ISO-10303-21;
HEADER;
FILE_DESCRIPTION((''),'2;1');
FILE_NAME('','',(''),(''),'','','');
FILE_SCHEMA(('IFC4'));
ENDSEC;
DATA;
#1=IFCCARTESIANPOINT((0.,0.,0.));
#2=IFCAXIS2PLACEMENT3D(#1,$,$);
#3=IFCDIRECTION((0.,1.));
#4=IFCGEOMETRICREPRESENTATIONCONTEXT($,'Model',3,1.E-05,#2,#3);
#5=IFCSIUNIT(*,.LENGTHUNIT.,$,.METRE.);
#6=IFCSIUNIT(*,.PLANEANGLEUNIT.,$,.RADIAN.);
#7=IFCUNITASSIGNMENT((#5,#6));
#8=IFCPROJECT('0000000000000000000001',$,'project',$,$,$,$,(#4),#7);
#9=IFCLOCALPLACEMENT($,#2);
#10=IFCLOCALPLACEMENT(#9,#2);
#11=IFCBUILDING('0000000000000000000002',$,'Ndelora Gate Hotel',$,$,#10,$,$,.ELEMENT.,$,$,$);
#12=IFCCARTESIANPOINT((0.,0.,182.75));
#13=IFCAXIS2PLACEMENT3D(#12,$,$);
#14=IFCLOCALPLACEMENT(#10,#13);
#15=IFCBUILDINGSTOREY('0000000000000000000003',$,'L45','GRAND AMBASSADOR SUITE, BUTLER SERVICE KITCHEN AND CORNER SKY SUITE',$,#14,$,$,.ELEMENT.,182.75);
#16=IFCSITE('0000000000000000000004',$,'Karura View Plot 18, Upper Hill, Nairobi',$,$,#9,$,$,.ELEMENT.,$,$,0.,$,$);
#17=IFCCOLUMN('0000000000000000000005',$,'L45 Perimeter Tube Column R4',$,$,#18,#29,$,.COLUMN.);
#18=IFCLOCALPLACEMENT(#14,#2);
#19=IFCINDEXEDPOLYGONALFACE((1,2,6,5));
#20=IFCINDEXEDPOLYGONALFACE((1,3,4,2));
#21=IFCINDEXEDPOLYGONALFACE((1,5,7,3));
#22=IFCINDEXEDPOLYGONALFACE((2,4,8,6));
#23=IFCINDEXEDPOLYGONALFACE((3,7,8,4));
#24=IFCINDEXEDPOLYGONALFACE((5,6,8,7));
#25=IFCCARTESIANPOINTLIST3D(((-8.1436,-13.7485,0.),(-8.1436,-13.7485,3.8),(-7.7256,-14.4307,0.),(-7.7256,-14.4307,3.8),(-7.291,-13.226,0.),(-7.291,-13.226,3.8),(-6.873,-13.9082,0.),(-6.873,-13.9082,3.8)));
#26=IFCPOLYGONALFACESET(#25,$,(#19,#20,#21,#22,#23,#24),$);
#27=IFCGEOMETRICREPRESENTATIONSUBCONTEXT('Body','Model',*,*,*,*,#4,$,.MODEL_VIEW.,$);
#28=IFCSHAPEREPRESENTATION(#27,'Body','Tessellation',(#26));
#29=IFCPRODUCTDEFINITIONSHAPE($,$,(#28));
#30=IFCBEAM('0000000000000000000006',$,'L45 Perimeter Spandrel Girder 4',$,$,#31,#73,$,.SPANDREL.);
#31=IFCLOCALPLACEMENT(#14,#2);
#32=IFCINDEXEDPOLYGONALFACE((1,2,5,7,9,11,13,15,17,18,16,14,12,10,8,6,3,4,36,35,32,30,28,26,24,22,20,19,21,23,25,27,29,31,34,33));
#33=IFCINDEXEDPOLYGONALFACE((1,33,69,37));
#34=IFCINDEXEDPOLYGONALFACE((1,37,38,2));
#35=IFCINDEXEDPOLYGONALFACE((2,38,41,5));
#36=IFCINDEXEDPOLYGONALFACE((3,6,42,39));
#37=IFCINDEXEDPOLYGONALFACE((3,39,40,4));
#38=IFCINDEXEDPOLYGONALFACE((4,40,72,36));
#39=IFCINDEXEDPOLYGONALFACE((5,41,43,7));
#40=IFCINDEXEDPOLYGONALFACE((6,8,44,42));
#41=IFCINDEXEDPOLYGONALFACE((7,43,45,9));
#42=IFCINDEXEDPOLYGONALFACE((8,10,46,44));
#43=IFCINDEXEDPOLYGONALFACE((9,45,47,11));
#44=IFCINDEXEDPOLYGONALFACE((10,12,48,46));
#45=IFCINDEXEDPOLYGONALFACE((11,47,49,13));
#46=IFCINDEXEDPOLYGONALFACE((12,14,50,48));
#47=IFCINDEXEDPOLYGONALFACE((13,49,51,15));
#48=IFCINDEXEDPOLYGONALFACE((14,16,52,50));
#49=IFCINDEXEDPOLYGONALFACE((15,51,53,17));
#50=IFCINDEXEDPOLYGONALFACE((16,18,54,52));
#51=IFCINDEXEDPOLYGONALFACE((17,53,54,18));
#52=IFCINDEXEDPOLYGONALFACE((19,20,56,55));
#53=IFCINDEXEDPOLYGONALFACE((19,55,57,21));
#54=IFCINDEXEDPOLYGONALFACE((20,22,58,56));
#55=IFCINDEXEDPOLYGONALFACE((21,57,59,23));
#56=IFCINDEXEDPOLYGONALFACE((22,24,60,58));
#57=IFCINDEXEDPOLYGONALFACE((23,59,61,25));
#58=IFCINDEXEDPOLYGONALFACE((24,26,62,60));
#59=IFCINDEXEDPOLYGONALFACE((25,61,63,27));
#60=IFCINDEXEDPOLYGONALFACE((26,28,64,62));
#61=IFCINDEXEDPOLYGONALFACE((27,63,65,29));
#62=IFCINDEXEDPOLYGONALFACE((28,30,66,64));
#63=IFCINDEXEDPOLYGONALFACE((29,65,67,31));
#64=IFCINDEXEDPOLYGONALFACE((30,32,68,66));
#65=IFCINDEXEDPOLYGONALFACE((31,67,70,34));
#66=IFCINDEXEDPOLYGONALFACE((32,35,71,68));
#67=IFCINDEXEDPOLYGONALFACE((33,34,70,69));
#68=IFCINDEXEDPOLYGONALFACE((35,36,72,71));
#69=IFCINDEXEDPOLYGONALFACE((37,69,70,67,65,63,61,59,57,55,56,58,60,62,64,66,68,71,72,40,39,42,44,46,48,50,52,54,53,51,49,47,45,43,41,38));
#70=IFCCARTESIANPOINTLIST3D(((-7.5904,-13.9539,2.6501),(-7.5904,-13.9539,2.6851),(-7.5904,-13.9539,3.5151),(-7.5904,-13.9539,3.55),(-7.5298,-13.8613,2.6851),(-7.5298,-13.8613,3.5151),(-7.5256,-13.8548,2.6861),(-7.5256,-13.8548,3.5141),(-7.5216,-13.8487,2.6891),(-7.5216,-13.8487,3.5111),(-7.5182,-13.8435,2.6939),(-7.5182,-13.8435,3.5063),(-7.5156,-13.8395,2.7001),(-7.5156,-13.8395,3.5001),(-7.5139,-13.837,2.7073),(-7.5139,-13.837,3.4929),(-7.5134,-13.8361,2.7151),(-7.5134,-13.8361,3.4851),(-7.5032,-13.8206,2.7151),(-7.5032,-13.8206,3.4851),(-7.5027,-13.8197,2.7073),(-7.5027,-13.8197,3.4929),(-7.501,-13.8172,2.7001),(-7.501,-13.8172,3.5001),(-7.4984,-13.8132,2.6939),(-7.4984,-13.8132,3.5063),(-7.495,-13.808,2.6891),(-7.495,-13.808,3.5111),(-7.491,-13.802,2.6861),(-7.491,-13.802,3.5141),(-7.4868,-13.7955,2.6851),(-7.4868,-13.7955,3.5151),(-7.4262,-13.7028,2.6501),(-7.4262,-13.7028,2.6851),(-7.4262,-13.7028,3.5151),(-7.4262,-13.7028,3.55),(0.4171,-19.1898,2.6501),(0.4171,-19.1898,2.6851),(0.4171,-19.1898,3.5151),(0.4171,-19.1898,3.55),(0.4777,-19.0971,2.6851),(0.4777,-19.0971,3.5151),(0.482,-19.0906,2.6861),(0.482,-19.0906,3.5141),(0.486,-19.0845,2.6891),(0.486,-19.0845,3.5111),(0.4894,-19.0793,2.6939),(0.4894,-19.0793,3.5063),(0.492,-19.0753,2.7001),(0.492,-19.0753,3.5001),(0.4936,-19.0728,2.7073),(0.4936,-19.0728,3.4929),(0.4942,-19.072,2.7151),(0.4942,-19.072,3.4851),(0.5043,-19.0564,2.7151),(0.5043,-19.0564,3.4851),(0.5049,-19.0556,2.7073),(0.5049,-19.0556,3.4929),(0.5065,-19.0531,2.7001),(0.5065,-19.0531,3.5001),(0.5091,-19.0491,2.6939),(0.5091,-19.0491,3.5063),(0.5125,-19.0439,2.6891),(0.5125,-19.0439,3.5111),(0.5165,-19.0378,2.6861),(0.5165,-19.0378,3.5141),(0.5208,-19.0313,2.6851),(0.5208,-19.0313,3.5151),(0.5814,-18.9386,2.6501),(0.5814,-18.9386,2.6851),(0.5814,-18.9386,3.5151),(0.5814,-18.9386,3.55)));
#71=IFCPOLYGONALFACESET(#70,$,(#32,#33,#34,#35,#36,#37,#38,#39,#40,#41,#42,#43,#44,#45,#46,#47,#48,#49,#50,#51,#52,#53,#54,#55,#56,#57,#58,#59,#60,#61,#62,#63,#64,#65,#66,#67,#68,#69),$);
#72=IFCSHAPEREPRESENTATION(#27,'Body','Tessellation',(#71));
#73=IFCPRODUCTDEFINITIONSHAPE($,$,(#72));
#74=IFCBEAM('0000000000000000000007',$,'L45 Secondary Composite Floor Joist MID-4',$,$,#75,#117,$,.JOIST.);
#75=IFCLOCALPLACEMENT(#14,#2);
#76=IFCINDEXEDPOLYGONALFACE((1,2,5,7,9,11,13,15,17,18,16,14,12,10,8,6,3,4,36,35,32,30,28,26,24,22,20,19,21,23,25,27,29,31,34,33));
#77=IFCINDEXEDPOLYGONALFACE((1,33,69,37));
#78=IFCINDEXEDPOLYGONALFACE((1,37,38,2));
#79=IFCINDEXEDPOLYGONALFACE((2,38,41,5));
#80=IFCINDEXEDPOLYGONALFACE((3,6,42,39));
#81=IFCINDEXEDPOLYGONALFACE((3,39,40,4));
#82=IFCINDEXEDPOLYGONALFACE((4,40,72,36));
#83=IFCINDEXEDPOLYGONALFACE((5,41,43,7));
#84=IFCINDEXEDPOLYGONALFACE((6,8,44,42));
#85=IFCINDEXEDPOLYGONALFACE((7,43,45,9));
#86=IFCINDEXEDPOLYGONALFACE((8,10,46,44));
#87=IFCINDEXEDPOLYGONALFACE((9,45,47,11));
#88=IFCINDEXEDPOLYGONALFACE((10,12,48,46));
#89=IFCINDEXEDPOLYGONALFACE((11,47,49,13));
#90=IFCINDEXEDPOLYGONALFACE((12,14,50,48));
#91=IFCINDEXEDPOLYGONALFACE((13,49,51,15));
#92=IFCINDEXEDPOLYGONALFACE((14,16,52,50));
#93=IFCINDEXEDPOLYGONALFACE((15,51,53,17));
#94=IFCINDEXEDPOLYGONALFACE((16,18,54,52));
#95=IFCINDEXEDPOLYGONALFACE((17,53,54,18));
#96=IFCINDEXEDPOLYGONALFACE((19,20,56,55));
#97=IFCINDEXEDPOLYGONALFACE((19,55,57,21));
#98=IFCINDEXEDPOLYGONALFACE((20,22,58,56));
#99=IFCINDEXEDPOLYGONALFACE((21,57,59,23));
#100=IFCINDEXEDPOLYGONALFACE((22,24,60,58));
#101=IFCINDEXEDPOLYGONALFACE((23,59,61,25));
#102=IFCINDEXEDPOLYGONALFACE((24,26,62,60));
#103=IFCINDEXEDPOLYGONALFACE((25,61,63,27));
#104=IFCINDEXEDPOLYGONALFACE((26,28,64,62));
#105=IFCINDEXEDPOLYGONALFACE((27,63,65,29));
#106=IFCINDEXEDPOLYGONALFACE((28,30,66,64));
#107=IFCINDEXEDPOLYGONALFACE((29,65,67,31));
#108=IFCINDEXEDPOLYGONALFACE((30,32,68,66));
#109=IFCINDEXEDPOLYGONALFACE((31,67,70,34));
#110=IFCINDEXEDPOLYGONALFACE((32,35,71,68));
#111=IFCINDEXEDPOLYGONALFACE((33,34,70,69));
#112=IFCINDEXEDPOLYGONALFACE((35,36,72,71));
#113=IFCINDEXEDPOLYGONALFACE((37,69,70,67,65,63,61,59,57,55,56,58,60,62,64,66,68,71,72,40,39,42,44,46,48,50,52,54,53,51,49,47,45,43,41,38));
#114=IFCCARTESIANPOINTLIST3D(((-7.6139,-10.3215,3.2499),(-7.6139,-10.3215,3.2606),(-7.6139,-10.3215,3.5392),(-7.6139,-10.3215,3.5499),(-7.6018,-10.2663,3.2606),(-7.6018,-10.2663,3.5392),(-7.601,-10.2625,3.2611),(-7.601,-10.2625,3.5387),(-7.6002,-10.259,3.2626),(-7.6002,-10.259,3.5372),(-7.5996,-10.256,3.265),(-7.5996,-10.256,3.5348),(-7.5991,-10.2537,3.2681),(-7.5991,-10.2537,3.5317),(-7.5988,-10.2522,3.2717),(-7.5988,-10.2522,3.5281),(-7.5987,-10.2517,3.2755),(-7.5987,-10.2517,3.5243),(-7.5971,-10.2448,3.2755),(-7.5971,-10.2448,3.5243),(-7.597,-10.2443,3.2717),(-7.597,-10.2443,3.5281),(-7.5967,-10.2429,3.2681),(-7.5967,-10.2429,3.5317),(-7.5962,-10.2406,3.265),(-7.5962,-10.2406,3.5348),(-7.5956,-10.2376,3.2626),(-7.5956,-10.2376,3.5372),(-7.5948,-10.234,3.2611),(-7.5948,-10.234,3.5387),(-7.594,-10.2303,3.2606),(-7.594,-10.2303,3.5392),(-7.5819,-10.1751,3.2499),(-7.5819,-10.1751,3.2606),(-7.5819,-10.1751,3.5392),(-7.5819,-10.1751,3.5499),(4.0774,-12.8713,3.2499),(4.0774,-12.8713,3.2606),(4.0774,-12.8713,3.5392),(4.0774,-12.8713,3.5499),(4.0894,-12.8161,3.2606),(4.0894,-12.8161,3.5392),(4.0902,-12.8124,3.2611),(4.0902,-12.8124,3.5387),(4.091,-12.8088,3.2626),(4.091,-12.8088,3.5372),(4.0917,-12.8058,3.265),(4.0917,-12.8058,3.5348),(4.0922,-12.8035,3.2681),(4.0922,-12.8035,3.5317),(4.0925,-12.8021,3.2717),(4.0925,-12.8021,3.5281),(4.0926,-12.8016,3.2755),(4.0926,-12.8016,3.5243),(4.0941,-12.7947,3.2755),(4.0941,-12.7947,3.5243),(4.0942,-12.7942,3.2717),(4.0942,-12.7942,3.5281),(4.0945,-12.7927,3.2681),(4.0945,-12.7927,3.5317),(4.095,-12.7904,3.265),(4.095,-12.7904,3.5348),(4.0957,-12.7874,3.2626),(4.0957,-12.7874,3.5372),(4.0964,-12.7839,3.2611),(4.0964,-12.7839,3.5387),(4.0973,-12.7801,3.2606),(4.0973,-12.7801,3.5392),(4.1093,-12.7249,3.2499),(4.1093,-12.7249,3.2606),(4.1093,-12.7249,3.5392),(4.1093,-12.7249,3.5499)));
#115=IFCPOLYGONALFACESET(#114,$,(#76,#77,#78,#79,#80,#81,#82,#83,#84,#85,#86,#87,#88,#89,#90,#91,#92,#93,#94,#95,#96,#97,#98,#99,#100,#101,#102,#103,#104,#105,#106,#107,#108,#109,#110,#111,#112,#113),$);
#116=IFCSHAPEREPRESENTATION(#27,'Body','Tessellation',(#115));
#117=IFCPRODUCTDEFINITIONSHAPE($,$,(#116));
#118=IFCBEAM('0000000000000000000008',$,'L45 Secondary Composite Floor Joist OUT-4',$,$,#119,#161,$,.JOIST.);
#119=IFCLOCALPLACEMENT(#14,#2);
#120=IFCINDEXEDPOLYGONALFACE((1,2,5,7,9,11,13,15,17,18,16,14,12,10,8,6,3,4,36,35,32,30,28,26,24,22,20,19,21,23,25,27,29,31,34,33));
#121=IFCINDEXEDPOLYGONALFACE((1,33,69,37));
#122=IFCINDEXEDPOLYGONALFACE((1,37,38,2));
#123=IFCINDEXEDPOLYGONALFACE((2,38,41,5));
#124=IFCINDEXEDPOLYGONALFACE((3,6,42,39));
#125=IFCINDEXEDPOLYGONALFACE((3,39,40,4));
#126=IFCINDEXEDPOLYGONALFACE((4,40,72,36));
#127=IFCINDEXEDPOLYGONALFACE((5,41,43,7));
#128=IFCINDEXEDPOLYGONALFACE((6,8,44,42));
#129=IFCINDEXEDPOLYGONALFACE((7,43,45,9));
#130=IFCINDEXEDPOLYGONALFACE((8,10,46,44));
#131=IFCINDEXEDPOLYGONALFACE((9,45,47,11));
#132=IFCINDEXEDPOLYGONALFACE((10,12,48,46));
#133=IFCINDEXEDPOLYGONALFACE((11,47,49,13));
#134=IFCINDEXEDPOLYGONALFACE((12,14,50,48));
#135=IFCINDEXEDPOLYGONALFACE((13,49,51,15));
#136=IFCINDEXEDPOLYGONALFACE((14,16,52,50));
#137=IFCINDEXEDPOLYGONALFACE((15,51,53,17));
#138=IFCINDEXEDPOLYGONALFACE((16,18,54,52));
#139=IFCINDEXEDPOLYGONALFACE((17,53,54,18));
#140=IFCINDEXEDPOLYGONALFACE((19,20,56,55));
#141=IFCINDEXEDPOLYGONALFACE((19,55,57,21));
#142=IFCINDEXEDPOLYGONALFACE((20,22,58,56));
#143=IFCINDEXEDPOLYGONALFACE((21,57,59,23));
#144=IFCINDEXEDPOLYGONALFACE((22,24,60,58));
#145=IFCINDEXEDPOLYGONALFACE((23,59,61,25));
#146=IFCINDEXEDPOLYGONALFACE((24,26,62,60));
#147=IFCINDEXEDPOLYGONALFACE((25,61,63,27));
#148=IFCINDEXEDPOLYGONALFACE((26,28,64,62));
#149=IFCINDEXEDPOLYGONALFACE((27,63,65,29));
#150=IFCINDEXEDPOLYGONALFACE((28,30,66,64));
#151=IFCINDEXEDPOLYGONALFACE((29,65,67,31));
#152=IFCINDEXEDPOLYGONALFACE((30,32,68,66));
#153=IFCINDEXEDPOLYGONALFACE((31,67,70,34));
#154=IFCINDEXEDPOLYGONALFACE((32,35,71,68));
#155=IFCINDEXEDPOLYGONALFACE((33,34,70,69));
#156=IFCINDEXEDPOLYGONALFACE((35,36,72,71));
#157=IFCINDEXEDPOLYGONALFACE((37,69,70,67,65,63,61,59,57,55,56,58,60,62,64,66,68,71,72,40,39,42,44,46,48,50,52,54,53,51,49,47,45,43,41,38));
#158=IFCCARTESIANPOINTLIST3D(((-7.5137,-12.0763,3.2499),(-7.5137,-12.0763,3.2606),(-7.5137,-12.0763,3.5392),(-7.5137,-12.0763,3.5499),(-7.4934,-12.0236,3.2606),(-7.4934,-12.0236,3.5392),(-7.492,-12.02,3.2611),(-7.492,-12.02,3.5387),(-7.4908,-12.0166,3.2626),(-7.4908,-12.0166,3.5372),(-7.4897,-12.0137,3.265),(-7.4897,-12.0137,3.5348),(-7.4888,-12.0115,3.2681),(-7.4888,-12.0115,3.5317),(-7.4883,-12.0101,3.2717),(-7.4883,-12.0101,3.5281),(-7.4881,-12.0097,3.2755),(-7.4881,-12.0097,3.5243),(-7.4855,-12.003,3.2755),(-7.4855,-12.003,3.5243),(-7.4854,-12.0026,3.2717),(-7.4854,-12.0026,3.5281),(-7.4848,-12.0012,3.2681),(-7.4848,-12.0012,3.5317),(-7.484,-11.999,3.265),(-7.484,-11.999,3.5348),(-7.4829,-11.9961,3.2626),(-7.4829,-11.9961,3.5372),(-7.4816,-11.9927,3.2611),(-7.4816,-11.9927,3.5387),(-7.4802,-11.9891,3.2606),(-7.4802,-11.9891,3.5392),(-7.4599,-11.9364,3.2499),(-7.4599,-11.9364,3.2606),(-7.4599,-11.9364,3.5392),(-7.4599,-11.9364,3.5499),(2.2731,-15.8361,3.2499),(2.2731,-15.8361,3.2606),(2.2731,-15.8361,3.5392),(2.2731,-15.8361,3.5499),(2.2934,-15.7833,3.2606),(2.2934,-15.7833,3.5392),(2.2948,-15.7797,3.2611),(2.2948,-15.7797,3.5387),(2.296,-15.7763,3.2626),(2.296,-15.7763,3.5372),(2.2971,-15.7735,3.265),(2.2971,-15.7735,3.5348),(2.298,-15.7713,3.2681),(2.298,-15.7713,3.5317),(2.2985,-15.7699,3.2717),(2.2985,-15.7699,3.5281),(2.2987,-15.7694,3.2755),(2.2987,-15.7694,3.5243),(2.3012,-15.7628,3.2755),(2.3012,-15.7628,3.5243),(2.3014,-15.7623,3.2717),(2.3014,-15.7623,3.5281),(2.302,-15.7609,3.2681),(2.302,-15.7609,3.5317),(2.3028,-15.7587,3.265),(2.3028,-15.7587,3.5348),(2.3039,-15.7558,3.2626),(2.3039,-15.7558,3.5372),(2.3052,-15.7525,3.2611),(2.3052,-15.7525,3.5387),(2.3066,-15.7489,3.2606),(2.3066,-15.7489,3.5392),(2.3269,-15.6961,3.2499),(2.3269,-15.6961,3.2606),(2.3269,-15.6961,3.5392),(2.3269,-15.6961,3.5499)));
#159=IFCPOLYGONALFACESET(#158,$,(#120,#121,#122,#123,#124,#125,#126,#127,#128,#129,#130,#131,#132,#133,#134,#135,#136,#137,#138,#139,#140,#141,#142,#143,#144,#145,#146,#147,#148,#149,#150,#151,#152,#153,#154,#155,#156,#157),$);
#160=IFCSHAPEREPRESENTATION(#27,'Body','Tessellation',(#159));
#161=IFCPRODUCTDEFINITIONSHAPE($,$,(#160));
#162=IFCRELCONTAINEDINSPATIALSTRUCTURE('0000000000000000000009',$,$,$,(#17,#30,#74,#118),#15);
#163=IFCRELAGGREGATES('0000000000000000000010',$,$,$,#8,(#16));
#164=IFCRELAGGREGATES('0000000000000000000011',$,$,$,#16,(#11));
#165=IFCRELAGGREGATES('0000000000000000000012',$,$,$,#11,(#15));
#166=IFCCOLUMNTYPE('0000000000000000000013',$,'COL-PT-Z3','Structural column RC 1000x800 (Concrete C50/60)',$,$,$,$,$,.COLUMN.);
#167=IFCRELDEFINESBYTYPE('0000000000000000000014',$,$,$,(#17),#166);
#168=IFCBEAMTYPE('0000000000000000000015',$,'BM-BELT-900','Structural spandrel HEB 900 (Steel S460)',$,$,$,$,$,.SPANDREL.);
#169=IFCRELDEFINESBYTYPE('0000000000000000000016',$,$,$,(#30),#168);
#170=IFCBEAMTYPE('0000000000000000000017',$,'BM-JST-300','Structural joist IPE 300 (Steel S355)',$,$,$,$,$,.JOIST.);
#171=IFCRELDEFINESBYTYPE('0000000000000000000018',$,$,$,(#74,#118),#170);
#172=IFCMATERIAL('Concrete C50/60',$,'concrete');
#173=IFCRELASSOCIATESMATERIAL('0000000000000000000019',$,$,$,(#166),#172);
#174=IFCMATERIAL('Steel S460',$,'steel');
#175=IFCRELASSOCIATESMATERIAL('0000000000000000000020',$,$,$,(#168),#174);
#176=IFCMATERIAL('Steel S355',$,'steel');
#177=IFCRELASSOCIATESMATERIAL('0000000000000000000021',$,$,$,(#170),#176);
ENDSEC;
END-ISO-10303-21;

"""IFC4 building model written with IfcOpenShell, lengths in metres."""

from ifc_helpers import new_model, si_unit, direction, frame, origin, origin_2d, place, context, subcontext, project, spatial, rectangle, i_section, extrude, material, material_profile, profile_set, type_object, element, save


model = new_model("IFC4")

# Units and contexts
model_context = context("Model", 3, precision=1e-05, world=origin(), true_north=direction((0.0, 1.0)))
body_context = subcontext(model_context, "Body", "Model", "MODEL_VIEW")
ifc_project = project(units=[si_unit("LENGTHUNIT", "METRE"), si_unit("PLANEANGLEUNIT", "RADIAN")], contexts=[model_context])

# Site, building, storey
site_placement = place(None, origin())
site = spatial("IfcSite", under=ifc_project, at=site_placement, Name="Karura View Plot 18, Upper Hill, Nairobi", CompositionType="ELEMENT", RefElevation=0.0)
building_placement = place(site_placement, origin())
building = spatial("IfcBuilding", under=site, at=building_placement, Name="Ndelora Gate Hotel", CompositionType="ELEMENT")
storey_placement = place(building_placement, frame((0.0, 0.0, 182.75)))
storey = spatial("IfcBuildingStorey", under=building, at=storey_placement, Name="L45", Description="GRAND AMBASSADOR SUITE, BUTLER SERVICE KITCHEN AND CORNER SKY SUITE", CompositionType="ELEMENT", Elevation=182.75)

# Column
ifc_material_1 = material(Name="Concrete C50/60", Category="concrete")
ifc_material_profile_1 = material_profile(ifc_material_1, rectangle(XDim=0.8, YDim=1.0, at=origin_2d()), Name="RC 1000x800")
ifc_profile_set_1 = profile_set([ifc_material_profile_1], Name="Concrete C50/60")
column_type = type_object("IfcColumnType", Name="COL-PT-Z3", Description="Structural column RC 1000x800 (Concrete C50/60)", PredefinedType="COLUMN", material=ifc_profile_set_1)
column_placement = place(storey_placement, frame((-7.5083, -13.8284, 0.0), z_axis=(0.0, 0.0, 1.0), x_axis=(-0.522499, 0.85264, 0.0)))
element("IfcColumn", 1, at=column_placement, inside=storey, type_object=column_type, Name="L45 Perimeter Tube Column R4", PredefinedType="COLUMN", context=body_context, shape_type="SweptSolid", body=[
    extrude(rectangle(XDim=0.8, YDim=1.0, at=origin_2d()), origin(), (0.0, 0.0, 1.0), 3.8),
])

# Beams
ifc_material_2 = material(Name="Steel S460", Category="steel")
ifc_material_profile_2 = material_profile(ifc_material_2, i_section(OverallWidth=0.3, OverallDepth=0.8999, WebThickness=0.0186, FlangeThickness=0.0349, FilletRadius=0.03, at=origin_2d()), Name="HEB 900")
ifc_profile_set_2 = profile_set([ifc_material_profile_2], Name="Steel S460")
beam_type_1 = type_object("IfcBeamType", Name="BM-BELT-900", Description="Structural spandrel HEB 900 (Steel S460)", PredefinedType="SPANDREL", material=ifc_profile_set_2)
beam_1_placement = place(storey_placement, frame((-7.5083, -13.8284, 3.1001), z_axis=(0.836964, -0.547258, 0.0), x_axis=(0.547258, 0.836964, 0.0)))
element("IfcBeam", 2, at=beam_1_placement, inside=storey, type_object=beam_type_1, Name="L45 Perimeter Spandrel Girder 4", PredefinedType="SPANDREL", context=body_context, shape_type="SweptSolid", body=[
    extrude(i_section(OverallWidth=0.3, OverallDepth=0.8999, WebThickness=0.0186, FlangeThickness=0.0349, FilletRadius=0.03, at=origin_2d()), origin(), (0.0, 0.0, 1.0), 9.5674),
])
ifc_material_3 = material(Name="Steel S355", Category="steel")
ifc_material_profile_3 = material_profile(ifc_material_3, i_section(OverallWidth=0.1499, OverallDepth=0.3, WebThickness=0.0071, FlangeThickness=0.0107, FilletRadius=0.0149, at=origin_2d()), Name="IPE 300")
ifc_profile_set_3 = profile_set([ifc_material_profile_3], Name="Steel S355")
beam_type_2 = type_object("IfcBeamType", Name="BM-JST-300", Description="Structural joist IPE 300 (Steel S355)", PredefinedType="JOIST", material=ifc_profile_set_3)
beam_2_placement = place(storey_placement, frame((-7.5979, -10.2483, 3.3999), z_axis=(0.977033, -0.213088, 0.0), x_axis=(0.213088, 0.977033, 0.0)))
element("IfcBeam", 3, at=beam_2_placement, inside=storey, type_object=beam_type_2, Name="L45 Secondary Composite Floor Joist MID-4", PredefinedType="JOIST", context=body_context, shape_type="SweptSolid", body=[
    extrude(i_section(OverallWidth=0.1499, OverallDepth=0.3, WebThickness=0.0071, FlangeThickness=0.0107, FilletRadius=0.0149, at=origin_2d()), origin(), (0.0, 0.0, 1.0), 11.9661),
])
beam_3_placement = place(storey_placement, frame((-7.4868, -12.0063, 3.3999), z_axis=(0.933487, -0.358612, 0.0), x_axis=(0.358612, 0.933487, 0.0)))
element("IfcBeam", 4, at=beam_3_placement, inside=storey, type_object=beam_type_2, Name="L45 Secondary Composite Floor Joist OUT-4", PredefinedType="JOIST", context=body_context, shape_type="SweptSolid", body=[
    extrude(i_section(OverallWidth=0.1499, OverallDepth=0.3, WebThickness=0.0071, FlangeThickness=0.0107, FilletRadius=0.0149, at=origin_2d()), origin(), (0.0, 0.0, 1.0), 10.4841),
])

save(model, "model.ifc")
